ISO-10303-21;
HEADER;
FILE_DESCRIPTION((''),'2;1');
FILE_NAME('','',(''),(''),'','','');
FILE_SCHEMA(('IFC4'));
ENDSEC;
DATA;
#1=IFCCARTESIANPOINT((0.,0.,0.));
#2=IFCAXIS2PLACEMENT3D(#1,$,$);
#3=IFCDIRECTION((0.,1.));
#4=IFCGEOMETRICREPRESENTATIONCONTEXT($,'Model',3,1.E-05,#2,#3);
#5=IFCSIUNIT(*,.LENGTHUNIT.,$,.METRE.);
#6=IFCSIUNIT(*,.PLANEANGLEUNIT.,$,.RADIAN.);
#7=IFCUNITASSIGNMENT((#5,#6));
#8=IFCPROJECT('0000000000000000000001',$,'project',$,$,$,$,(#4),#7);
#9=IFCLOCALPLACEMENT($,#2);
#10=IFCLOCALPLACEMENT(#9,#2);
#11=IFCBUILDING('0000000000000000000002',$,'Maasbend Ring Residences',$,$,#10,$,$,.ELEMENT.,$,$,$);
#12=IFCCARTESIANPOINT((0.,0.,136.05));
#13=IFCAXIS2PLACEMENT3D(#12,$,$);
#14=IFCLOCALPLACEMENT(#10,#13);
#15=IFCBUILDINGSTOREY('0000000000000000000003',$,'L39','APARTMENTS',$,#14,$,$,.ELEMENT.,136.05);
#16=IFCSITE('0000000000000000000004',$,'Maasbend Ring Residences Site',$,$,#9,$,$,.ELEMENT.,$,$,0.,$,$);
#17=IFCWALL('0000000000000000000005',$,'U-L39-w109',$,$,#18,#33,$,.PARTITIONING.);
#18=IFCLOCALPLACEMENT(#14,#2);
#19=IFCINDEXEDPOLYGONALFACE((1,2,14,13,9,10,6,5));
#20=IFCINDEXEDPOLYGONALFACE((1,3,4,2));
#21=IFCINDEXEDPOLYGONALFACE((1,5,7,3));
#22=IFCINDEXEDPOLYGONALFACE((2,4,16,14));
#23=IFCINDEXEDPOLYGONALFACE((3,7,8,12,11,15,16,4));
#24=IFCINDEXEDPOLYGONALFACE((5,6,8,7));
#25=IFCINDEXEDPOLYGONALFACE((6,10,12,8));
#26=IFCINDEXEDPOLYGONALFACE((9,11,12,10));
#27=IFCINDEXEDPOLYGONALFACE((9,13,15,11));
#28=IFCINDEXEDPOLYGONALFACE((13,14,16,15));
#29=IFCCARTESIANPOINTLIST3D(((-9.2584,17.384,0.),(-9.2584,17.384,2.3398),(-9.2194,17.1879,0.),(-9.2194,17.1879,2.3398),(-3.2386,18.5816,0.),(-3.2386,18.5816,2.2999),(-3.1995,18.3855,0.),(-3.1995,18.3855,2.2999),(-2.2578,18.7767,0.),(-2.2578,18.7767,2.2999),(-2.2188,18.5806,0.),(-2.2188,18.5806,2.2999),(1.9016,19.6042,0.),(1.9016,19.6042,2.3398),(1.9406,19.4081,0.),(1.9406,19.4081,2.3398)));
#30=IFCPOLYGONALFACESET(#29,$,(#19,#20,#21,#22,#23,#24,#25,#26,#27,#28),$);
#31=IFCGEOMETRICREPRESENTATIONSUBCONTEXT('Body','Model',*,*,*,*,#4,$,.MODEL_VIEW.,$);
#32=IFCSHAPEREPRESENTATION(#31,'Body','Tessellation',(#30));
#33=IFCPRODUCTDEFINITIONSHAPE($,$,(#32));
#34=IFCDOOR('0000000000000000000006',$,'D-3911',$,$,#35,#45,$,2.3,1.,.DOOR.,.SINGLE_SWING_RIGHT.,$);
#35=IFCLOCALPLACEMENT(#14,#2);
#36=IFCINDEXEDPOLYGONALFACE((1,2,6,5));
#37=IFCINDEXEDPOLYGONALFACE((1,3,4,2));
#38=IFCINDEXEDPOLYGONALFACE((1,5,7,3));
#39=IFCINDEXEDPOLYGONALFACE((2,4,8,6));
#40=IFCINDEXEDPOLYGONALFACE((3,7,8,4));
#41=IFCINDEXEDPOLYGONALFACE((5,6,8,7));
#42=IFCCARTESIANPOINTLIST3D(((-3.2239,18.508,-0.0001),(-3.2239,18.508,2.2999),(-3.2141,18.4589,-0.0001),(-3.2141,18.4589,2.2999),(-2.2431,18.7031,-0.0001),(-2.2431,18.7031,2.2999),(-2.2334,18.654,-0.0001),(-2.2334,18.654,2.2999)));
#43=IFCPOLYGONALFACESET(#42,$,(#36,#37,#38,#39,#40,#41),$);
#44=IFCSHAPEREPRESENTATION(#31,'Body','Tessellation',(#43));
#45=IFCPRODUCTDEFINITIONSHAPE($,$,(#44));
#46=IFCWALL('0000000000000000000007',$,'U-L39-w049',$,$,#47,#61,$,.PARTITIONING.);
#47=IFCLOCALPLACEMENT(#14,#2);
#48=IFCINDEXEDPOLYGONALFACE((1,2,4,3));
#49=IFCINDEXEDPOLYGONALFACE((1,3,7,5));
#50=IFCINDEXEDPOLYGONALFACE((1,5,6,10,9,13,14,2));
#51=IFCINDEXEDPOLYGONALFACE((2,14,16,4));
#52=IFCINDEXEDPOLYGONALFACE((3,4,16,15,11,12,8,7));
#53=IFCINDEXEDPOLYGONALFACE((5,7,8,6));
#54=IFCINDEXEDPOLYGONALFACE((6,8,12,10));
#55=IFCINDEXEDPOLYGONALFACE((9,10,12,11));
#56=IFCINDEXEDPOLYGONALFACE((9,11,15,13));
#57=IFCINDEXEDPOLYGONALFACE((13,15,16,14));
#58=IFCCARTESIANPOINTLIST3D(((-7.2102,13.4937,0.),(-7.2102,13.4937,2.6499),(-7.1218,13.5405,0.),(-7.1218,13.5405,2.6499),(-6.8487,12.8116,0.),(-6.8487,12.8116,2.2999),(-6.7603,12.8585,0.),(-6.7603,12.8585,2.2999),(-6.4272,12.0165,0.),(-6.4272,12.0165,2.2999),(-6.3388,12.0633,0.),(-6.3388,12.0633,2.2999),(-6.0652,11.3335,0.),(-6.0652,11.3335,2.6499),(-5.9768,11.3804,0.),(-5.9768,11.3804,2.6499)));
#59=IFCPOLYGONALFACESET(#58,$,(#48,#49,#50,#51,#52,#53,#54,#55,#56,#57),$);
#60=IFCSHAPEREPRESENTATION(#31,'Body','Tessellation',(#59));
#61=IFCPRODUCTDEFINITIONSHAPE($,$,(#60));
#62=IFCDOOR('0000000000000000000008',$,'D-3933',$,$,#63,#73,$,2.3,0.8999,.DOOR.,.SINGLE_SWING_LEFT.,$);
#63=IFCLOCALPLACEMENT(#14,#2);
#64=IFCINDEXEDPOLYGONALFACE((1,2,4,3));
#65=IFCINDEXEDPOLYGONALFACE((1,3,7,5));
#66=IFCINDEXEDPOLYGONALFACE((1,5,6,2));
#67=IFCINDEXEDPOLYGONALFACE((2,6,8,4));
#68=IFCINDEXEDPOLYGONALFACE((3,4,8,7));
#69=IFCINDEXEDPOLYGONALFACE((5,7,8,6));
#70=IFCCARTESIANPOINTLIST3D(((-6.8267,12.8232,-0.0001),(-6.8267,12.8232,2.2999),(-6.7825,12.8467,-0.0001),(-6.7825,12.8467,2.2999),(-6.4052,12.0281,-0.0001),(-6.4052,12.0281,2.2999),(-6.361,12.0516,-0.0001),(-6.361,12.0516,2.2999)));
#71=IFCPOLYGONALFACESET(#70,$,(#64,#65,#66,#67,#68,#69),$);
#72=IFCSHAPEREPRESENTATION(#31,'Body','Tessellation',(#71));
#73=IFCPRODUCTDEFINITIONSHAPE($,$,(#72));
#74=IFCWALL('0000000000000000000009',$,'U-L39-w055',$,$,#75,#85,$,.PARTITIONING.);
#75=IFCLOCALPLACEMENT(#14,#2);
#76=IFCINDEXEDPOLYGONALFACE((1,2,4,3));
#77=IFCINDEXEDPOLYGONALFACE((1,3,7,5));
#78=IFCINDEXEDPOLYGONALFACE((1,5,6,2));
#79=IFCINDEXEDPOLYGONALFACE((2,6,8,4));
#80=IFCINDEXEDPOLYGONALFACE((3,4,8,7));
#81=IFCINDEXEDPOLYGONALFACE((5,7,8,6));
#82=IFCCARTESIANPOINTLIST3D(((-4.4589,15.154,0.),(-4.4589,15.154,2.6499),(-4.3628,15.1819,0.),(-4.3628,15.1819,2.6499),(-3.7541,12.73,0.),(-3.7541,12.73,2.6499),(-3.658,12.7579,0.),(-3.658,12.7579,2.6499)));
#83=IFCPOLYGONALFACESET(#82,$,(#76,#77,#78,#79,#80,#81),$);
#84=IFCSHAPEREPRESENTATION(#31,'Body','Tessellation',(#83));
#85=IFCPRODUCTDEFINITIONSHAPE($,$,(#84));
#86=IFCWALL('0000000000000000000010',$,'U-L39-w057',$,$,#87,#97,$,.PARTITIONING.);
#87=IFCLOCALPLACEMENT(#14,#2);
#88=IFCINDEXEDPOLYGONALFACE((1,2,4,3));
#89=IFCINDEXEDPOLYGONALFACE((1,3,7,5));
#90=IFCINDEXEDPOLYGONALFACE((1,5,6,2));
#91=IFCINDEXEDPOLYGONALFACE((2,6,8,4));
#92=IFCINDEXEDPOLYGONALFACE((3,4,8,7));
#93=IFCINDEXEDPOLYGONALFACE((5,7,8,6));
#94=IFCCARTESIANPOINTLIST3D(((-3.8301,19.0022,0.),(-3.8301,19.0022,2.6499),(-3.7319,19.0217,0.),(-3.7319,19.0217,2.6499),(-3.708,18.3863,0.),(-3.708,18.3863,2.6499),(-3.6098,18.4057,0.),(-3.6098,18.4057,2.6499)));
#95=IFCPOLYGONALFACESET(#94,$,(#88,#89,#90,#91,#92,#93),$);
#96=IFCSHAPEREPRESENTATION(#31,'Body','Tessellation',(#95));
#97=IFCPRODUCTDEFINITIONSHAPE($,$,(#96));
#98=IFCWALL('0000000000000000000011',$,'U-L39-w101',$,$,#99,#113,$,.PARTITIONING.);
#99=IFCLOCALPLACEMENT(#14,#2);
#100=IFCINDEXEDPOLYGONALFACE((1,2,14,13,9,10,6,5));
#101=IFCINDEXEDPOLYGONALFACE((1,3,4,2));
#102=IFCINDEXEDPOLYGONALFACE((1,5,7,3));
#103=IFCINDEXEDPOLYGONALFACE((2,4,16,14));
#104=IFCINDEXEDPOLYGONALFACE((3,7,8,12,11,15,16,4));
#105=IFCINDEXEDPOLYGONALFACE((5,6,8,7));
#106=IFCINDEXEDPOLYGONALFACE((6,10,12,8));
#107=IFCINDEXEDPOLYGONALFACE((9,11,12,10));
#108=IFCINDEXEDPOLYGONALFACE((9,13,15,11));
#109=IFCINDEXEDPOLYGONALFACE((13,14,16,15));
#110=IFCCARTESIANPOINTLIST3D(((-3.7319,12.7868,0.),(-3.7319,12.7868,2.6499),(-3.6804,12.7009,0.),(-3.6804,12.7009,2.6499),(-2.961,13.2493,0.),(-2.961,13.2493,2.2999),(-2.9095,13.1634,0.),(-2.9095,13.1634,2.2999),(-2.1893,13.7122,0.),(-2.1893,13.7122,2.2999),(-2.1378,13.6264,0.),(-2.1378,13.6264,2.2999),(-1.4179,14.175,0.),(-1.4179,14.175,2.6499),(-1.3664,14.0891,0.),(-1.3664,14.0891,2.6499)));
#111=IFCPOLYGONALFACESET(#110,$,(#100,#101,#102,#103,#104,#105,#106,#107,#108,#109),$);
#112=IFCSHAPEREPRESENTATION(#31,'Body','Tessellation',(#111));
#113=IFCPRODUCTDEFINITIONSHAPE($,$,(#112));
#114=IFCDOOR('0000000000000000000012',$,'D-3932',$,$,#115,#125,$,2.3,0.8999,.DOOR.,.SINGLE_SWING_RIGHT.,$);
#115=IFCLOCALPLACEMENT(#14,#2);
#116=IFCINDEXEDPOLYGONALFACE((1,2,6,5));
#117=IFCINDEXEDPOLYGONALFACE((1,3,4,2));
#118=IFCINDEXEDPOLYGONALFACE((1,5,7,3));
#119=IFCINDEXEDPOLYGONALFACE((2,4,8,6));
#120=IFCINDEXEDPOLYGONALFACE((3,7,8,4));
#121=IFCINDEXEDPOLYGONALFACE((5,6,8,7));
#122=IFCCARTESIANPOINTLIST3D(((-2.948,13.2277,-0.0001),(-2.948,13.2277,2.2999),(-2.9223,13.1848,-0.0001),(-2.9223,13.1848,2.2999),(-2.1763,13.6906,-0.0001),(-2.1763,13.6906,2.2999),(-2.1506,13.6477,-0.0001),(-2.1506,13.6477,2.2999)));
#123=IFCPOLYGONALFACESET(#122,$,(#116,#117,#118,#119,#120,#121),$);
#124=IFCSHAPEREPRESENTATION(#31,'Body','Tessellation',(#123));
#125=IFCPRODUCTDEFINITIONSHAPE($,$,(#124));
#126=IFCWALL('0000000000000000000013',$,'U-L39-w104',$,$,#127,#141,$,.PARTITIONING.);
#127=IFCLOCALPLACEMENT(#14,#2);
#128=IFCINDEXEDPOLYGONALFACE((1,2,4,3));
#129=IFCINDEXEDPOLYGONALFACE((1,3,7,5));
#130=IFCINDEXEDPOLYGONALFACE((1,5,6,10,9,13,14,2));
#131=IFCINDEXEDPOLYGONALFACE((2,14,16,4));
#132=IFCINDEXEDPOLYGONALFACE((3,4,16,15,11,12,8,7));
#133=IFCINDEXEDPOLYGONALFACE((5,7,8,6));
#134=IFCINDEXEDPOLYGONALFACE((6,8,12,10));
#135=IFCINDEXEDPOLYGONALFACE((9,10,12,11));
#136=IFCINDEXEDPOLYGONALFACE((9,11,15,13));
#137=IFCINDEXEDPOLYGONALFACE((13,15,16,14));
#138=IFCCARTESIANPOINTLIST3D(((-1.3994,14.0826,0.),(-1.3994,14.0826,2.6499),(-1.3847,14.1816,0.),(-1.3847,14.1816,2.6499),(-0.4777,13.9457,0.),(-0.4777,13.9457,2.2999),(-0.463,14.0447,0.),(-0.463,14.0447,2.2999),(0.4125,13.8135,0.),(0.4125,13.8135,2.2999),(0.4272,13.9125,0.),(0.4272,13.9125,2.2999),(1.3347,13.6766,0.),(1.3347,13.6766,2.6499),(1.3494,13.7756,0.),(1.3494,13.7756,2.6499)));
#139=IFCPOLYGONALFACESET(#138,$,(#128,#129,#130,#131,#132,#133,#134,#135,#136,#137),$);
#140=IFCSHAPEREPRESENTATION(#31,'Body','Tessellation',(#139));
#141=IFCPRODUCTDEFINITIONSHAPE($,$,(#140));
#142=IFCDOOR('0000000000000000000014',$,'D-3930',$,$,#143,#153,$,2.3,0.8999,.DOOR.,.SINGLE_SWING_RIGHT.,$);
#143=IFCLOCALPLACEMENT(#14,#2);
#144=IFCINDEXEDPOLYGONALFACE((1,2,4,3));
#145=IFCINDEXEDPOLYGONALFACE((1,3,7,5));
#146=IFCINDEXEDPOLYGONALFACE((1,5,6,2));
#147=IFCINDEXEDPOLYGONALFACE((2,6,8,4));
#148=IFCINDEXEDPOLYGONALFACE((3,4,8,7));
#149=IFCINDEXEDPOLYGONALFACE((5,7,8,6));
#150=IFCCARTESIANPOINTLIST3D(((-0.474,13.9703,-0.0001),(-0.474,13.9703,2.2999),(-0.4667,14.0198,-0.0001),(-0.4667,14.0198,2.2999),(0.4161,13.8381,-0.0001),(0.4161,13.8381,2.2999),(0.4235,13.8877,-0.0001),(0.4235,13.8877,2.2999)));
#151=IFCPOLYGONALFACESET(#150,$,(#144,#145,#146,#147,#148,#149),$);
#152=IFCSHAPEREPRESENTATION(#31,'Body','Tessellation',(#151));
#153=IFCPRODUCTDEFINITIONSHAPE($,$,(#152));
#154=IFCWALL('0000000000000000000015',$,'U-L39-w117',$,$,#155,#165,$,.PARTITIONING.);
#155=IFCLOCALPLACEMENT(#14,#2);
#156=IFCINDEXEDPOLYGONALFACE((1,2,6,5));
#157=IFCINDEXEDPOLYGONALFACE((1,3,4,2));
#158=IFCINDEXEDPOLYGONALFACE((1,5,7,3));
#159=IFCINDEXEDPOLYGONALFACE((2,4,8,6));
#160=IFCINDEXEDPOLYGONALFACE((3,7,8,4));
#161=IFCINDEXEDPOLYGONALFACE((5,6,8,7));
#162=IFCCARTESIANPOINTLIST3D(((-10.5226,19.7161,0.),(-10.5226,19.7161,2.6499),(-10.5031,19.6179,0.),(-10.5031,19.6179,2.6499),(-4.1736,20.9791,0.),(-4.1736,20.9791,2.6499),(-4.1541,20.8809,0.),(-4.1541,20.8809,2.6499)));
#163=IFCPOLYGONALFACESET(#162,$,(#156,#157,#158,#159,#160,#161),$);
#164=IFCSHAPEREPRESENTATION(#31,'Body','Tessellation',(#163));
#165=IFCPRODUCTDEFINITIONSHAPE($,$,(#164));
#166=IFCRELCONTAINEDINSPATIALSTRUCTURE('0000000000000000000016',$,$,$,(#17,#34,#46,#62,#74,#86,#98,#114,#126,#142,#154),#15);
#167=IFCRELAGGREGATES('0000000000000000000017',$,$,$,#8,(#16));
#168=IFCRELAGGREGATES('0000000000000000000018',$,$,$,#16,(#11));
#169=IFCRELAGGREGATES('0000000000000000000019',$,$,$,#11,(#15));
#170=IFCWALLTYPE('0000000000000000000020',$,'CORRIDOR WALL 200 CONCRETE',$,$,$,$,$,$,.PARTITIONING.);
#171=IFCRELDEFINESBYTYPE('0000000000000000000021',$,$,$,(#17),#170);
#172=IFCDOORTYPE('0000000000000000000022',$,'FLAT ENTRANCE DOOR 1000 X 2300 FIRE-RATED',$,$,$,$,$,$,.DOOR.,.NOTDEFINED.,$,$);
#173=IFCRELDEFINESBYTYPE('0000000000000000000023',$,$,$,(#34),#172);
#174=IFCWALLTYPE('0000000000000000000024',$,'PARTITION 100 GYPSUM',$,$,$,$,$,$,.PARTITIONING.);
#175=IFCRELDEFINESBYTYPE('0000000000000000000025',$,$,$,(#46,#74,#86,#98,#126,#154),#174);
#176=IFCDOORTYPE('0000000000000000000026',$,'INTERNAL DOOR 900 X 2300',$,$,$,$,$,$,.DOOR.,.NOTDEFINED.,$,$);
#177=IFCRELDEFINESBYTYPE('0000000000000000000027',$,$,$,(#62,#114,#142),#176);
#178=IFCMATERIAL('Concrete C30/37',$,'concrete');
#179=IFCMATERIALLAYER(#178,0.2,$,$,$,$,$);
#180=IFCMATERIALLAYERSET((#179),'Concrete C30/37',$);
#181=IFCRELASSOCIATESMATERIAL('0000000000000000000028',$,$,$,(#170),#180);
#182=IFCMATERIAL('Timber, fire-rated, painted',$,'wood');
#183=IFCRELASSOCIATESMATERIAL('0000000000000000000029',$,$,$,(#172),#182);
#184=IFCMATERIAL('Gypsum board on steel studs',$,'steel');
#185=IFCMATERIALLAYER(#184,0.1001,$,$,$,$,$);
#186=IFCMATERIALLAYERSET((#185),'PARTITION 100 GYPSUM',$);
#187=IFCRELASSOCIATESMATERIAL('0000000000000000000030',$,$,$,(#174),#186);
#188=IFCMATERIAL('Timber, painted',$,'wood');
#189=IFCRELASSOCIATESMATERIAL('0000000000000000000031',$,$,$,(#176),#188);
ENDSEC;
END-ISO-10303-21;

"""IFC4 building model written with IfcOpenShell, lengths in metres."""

from ifc_helpers import new_model, si_unit, direction, frame, frame_2d, origin, place, context, subcontext, project, spatial, rectangle, extrude, material, layer, layer_set, type_object, element, fill, save


model = new_model("IFC4")

# Units and contexts
model_context = context("Model", 3, precision=1e-05, world=origin(), true_north=direction((0.0, 1.0)))
body_context = subcontext(model_context, "Body", "Model", "MODEL_VIEW")
ifc_project = project(units=[si_unit("LENGTHUNIT", "METRE"), si_unit("PLANEANGLEUNIT", "RADIAN")], contexts=[model_context])

# Site, building, storey
site_placement = place(None, origin())
site = spatial("IfcSite", under=ifc_project, at=site_placement, Name="Maasbend Ring Residences Site", CompositionType="ELEMENT", RefElevation=0.0)
building_placement = place(site_placement, origin())
building = spatial("IfcBuilding", under=site, at=building_placement, Name="Maasbend Ring Residences", CompositionType="ELEMENT")
storey_placement = place(building_placement, frame((0.0, 0.0, 136.05)))
storey = spatial("IfcBuildingStorey", under=building, at=storey_placement, Name="L39", Description="APARTMENTS", CompositionType="ELEMENT", Elevation=136.05)

# Walls, openings, doors
ifc_material_1 = material(Name="Concrete C30/37", Category="concrete")
ifc_layer_1 = layer(ifc_material_1, 0.2)
ifc_layer_set_1 = layer_set([ifc_layer_1], Name="Concrete C30/37")
wall_type_1 = type_object("IfcWallType", Name="CORRIDOR WALL 200 CONCRETE", PredefinedType="PARTITIONING", material=ifc_layer_set_1)
ifc_material_2 = material(Name="Timber, fire-rated, painted", Category="wood")
door_type_1 = type_object("IfcDoorType", Name="FLAT ENTRANCE DOOR 1000 X 2300 FIRE-RATED", OperationType="NOTDEFINED", PredefinedType="DOOR", material=ifc_material_2)
wall_1_placement = place(storey_placement, frame((-9.239, 17.2859, 0.0), z_axis=(0.0, 0.0, 1.0), x_axis=(0.980779, 0.195122, 0.0)))
wall_1 = element("IfcWall", 1, at=wall_1_placement, inside=storey, type_object=wall_type_1, Name="U-L39-w109", PredefinedType="PARTITIONING", context=body_context, shape_type="SweptSolid", body=[
    extrude(rectangle(XDim=11.3787, YDim=0.2, at=frame_2d((5.6895, 0.0))), origin(), (0.0, 0.0, 1.0), 2.3398),
])
opening_1_placement = place(wall_1_placement, frame((6.1379, 0.0, 0.0)))
opening_1 = element("IfcOpeningElement", 2, at=opening_1_placement, cuts=wall_1, PredefinedType="OPENING", context=body_context, shape_type="SweptSolid", body=[
    extrude(rectangle(XDim=1.0, YDim=2.3, at=frame_2d((0.5, 1.1499))), frame((0.0, 0.1099, 0.0), z_axis=(0.0, -1.0, 0.0), x_axis=(1.0, 0.0, 0.0)), (0.0, 0.0, 1.0), 0.22),
])
door_1_placement = place(opening_1_placement, origin())
door_1 = element("IfcDoor", 3, at=door_1_placement, inside=storey, type_object=door_type_1, Name="D-3911", OperationType="SINGLE_SWING_RIGHT", OverallHeight=2.3, OverallWidth=1.0, PredefinedType="DOOR", context=body_context, shape_type="SweptSolid", body=[
    extrude(rectangle(XDim=1.0, YDim=2.3, at=frame_2d((0.5, 1.1499))), frame((0.0, 0.0249, 0.0), z_axis=(0.0, -1.0, 0.0), x_axis=(1.0, 0.0, 0.0)), (0.0, 0.0, 1.0), 0.05),
])
fill(opening_1, door_1)
ifc_material_3 = material(Name="Gypsum board on steel studs", Category="steel")
ifc_layer_2 = layer(ifc_material_3, 0.1001)
ifc_layer_set_2 = layer_set([ifc_layer_2], Name="PARTITION 100 GYPSUM")
wall_type_2 = type_object("IfcWallType", Name="PARTITION 100 GYPSUM", PredefinedType="PARTITIONING", material=ifc_layer_set_2)
wall_2_placement = place(storey_placement, frame((-7.166, 13.5171, 0.0), z_axis=(0.0, 0.0, 1.0), x_axis=(0.468337, -0.88355, 0.0)))
wall_2 = element("IfcWall", 4, at=wall_2_placement, inside=storey, type_object=wall_type_2, Name="U-L39-w049", PredefinedType="PARTITIONING", context=body_context, shape_type="SweptSolid", body=[
    extrude(rectangle(XDim=2.4448, YDim=0.1001, at=frame_2d((1.2224, 0.0))), origin(), (0.0, 0.0, 1.0), 2.6499),
])
opening_2_placement = place(wall_2_placement, frame((0.772, 0.0, 0.0)))
opening_2 = element("IfcOpeningElement", 5, at=opening_2_placement, cuts=wall_2, PredefinedType="OPENING", context=body_context, shape_type="SweptSolid", body=[
    extrude(rectangle(XDim=0.8999, YDim=2.3, at=frame_2d((0.45, 1.1499))), frame((0.0, 0.0601, 0.0), z_axis=(0.0, -1.0, 0.0), x_axis=(1.0, 0.0, 0.0)), (0.0, 0.0, 1.0), 0.1201),
])
ifc_material_4 = material(Name="Timber, painted", Category="wood")
door_type_2 = type_object("IfcDoorType", Name="INTERNAL DOOR 900 X 2300", OperationType="NOTDEFINED", PredefinedType="DOOR", material=ifc_material_4)
door_2_placement = place(opening_2_placement, origin())
door_2 = element("IfcDoor", 6, at=door_2_placement, inside=storey, type_object=door_type_2, Name="D-3933", OperationType="SINGLE_SWING_LEFT", OverallHeight=2.3, OverallWidth=0.8999, PredefinedType="DOOR", context=body_context, shape_type="SweptSolid", body=[
    extrude(rectangle(XDim=0.8999, YDim=2.3, at=frame_2d((0.45, 1.1499))), frame((0.0, 0.0249, 0.0), z_axis=(0.0, -1.0, 0.0), x_axis=(1.0, 0.0, 0.0)), (0.0, 0.0, 1.0), 0.05),
])
fill(opening_2, door_2)

# Walls
wall_3_placement = place(storey_placement, frame((-4.4109, 15.168, 0.0), z_axis=(0.0, 0.0, 1.0), x_axis=(0.279201, -0.960233, 0.0)))
element("IfcWall", 7, at=wall_3_placement, inside=storey, type_object=wall_type_2, Name="U-L39-w055", PredefinedType="PARTITIONING", context=body_context, shape_type="SweptSolid", body=[
    extrude(rectangle(XDim=2.5244, YDim=0.1001, at=frame_2d((1.2622, 0.0))), origin(), (0.0, 0.0, 1.0), 2.6499),
])
wall_4_placement = place(storey_placement, frame((-3.781, 19.012, 0.0), z_axis=(0.0, 0.0, 1.0), x_axis=(0.194396, -0.980923, 0.0)))
element("IfcWall", 8, at=wall_4_placement, inside=storey, type_object=wall_type_2, Name="U-L39-w057", PredefinedType="PARTITIONING", context=body_context, shape_type="SweptSolid", body=[
    extrude(rectangle(XDim=0.6279, YDim=0.1001, at=frame_2d((0.314, 0.0))), origin(), (0.0, 0.0, 1.0), 2.6499),
])

# Walls, openings, doors
wall_5_placement = place(storey_placement, frame((-3.7061, 12.7439, 0.0), z_axis=(0.0, 0.0, 1.0), x_axis=(0.857525, 0.514443, 0.0)))
wall_5 = element("IfcWall", 9, at=wall_5_placement, inside=storey, type_object=wall_type_2, Name="U-L39-w101", PredefinedType="PARTITIONING", context=body_context, shape_type="SweptSolid", body=[
    extrude(rectangle(XDim=2.6985, YDim=0.1001, at=frame_2d((1.3491, 0.0))), origin(), (0.0, 0.0, 1.0), 2.6499),
])
opening_3_placement = place(wall_5_placement, frame((0.8989, 0.0, 0.0)))
opening_3 = element("IfcOpeningElement", 10, at=opening_3_placement, cuts=wall_5, PredefinedType="OPENING", context=body_context, shape_type="SweptSolid", body=[
    extrude(rectangle(XDim=0.8999, YDim=2.3, at=frame_2d((0.45, 1.1499))), frame((0.0, 0.0601, 0.0), z_axis=(0.0, -1.0, 0.0), x_axis=(1.0, 0.0, 0.0)), (0.0, 0.0, 1.0), 0.1201),
])
door_3_placement = place(opening_3_placement, origin())
door_3 = element("IfcDoor", 11, at=door_3_placement, inside=storey, type_object=door_type_2, Name="D-3932", OperationType="SINGLE_SWING_RIGHT", OverallHeight=2.3, OverallWidth=0.8999, PredefinedType="DOOR", context=body_context, shape_type="SweptSolid", body=[
    extrude(rectangle(XDim=0.8999, YDim=2.3, at=frame_2d((0.45, 1.1499))), frame((0.0, 0.0249, 0.0), z_axis=(0.0, -1.0, 0.0), x_axis=(1.0, 0.0, 0.0)), (0.0, 0.0, 1.0), 0.05),
])
fill(opening_3, door_3)
wall_6_placement = place(storey_placement, frame((-1.3921, 14.1321, 0.0), z_axis=(0.0, 0.0, 1.0), x_axis=(0.989154, -0.146885, 0.0)))
wall_6 = element("IfcWall", 12, at=wall_6_placement, inside=storey, type_object=wall_type_2, Name="U-L39-w104", PredefinedType="PARTITIONING", context=body_context, shape_type="SweptSolid", body=[
    extrude(rectangle(XDim=2.7642, YDim=0.1001, at=frame_2d((1.3821, 0.0))), origin(), (0.0, 0.0, 1.0), 2.6499),
])
opening_4_placement = place(wall_6_placement, frame((0.9319, 0.0, 0.0)))
opening_4 = element("IfcOpeningElement", 13, at=opening_4_placement, cuts=wall_6, PredefinedType="OPENING", context=body_context, shape_type="SweptSolid", body=[
    extrude(rectangle(XDim=0.8999, YDim=2.3, at=frame_2d((0.45, 1.1499))), frame((0.0, 0.0601, 0.0), z_axis=(0.0, -1.0, 0.0), x_axis=(1.0, 0.0, 0.0)), (0.0, 0.0, 1.0), 0.1201),
])
door_4_placement = place(opening_4_placement, origin())
door_4 = element("IfcDoor", 14, at=door_4_placement, inside=storey, type_object=door_type_2, Name="D-3930", OperationType="SINGLE_SWING_RIGHT", OverallHeight=2.3, OverallWidth=0.8999, PredefinedType="DOOR", context=body_context, shape_type="SweptSolid", body=[
    extrude(rectangle(XDim=0.8999, YDim=2.3, at=frame_2d((0.45, 1.1499))), frame((0.0, 0.0249, 0.0), z_axis=(0.0, -1.0, 0.0), x_axis=(1.0, 0.0, 0.0)), (0.0, 0.0, 1.0), 0.05),
])
fill(opening_4, door_4)

# Wall
wall_7_placement = place(storey_placement, frame((-10.5129, 19.667, 0.0), z_axis=(0.0, 0.0, 1.0), x_axis=(0.980783, 0.195101, 0.0)))
element("IfcWall", 15, at=wall_7_placement, inside=storey, type_object=wall_type_2, Name="U-L39-w117", PredefinedType="PARTITIONING", context=body_context, shape_type="SweptSolid", body=[
    extrude(rectangle(XDim=6.4734, YDim=0.1001, at=frame_2d((3.2368, 0.0))), origin(), (0.0, 0.0, 1.0), 2.6499),
])

save(model, "model.ifc")
